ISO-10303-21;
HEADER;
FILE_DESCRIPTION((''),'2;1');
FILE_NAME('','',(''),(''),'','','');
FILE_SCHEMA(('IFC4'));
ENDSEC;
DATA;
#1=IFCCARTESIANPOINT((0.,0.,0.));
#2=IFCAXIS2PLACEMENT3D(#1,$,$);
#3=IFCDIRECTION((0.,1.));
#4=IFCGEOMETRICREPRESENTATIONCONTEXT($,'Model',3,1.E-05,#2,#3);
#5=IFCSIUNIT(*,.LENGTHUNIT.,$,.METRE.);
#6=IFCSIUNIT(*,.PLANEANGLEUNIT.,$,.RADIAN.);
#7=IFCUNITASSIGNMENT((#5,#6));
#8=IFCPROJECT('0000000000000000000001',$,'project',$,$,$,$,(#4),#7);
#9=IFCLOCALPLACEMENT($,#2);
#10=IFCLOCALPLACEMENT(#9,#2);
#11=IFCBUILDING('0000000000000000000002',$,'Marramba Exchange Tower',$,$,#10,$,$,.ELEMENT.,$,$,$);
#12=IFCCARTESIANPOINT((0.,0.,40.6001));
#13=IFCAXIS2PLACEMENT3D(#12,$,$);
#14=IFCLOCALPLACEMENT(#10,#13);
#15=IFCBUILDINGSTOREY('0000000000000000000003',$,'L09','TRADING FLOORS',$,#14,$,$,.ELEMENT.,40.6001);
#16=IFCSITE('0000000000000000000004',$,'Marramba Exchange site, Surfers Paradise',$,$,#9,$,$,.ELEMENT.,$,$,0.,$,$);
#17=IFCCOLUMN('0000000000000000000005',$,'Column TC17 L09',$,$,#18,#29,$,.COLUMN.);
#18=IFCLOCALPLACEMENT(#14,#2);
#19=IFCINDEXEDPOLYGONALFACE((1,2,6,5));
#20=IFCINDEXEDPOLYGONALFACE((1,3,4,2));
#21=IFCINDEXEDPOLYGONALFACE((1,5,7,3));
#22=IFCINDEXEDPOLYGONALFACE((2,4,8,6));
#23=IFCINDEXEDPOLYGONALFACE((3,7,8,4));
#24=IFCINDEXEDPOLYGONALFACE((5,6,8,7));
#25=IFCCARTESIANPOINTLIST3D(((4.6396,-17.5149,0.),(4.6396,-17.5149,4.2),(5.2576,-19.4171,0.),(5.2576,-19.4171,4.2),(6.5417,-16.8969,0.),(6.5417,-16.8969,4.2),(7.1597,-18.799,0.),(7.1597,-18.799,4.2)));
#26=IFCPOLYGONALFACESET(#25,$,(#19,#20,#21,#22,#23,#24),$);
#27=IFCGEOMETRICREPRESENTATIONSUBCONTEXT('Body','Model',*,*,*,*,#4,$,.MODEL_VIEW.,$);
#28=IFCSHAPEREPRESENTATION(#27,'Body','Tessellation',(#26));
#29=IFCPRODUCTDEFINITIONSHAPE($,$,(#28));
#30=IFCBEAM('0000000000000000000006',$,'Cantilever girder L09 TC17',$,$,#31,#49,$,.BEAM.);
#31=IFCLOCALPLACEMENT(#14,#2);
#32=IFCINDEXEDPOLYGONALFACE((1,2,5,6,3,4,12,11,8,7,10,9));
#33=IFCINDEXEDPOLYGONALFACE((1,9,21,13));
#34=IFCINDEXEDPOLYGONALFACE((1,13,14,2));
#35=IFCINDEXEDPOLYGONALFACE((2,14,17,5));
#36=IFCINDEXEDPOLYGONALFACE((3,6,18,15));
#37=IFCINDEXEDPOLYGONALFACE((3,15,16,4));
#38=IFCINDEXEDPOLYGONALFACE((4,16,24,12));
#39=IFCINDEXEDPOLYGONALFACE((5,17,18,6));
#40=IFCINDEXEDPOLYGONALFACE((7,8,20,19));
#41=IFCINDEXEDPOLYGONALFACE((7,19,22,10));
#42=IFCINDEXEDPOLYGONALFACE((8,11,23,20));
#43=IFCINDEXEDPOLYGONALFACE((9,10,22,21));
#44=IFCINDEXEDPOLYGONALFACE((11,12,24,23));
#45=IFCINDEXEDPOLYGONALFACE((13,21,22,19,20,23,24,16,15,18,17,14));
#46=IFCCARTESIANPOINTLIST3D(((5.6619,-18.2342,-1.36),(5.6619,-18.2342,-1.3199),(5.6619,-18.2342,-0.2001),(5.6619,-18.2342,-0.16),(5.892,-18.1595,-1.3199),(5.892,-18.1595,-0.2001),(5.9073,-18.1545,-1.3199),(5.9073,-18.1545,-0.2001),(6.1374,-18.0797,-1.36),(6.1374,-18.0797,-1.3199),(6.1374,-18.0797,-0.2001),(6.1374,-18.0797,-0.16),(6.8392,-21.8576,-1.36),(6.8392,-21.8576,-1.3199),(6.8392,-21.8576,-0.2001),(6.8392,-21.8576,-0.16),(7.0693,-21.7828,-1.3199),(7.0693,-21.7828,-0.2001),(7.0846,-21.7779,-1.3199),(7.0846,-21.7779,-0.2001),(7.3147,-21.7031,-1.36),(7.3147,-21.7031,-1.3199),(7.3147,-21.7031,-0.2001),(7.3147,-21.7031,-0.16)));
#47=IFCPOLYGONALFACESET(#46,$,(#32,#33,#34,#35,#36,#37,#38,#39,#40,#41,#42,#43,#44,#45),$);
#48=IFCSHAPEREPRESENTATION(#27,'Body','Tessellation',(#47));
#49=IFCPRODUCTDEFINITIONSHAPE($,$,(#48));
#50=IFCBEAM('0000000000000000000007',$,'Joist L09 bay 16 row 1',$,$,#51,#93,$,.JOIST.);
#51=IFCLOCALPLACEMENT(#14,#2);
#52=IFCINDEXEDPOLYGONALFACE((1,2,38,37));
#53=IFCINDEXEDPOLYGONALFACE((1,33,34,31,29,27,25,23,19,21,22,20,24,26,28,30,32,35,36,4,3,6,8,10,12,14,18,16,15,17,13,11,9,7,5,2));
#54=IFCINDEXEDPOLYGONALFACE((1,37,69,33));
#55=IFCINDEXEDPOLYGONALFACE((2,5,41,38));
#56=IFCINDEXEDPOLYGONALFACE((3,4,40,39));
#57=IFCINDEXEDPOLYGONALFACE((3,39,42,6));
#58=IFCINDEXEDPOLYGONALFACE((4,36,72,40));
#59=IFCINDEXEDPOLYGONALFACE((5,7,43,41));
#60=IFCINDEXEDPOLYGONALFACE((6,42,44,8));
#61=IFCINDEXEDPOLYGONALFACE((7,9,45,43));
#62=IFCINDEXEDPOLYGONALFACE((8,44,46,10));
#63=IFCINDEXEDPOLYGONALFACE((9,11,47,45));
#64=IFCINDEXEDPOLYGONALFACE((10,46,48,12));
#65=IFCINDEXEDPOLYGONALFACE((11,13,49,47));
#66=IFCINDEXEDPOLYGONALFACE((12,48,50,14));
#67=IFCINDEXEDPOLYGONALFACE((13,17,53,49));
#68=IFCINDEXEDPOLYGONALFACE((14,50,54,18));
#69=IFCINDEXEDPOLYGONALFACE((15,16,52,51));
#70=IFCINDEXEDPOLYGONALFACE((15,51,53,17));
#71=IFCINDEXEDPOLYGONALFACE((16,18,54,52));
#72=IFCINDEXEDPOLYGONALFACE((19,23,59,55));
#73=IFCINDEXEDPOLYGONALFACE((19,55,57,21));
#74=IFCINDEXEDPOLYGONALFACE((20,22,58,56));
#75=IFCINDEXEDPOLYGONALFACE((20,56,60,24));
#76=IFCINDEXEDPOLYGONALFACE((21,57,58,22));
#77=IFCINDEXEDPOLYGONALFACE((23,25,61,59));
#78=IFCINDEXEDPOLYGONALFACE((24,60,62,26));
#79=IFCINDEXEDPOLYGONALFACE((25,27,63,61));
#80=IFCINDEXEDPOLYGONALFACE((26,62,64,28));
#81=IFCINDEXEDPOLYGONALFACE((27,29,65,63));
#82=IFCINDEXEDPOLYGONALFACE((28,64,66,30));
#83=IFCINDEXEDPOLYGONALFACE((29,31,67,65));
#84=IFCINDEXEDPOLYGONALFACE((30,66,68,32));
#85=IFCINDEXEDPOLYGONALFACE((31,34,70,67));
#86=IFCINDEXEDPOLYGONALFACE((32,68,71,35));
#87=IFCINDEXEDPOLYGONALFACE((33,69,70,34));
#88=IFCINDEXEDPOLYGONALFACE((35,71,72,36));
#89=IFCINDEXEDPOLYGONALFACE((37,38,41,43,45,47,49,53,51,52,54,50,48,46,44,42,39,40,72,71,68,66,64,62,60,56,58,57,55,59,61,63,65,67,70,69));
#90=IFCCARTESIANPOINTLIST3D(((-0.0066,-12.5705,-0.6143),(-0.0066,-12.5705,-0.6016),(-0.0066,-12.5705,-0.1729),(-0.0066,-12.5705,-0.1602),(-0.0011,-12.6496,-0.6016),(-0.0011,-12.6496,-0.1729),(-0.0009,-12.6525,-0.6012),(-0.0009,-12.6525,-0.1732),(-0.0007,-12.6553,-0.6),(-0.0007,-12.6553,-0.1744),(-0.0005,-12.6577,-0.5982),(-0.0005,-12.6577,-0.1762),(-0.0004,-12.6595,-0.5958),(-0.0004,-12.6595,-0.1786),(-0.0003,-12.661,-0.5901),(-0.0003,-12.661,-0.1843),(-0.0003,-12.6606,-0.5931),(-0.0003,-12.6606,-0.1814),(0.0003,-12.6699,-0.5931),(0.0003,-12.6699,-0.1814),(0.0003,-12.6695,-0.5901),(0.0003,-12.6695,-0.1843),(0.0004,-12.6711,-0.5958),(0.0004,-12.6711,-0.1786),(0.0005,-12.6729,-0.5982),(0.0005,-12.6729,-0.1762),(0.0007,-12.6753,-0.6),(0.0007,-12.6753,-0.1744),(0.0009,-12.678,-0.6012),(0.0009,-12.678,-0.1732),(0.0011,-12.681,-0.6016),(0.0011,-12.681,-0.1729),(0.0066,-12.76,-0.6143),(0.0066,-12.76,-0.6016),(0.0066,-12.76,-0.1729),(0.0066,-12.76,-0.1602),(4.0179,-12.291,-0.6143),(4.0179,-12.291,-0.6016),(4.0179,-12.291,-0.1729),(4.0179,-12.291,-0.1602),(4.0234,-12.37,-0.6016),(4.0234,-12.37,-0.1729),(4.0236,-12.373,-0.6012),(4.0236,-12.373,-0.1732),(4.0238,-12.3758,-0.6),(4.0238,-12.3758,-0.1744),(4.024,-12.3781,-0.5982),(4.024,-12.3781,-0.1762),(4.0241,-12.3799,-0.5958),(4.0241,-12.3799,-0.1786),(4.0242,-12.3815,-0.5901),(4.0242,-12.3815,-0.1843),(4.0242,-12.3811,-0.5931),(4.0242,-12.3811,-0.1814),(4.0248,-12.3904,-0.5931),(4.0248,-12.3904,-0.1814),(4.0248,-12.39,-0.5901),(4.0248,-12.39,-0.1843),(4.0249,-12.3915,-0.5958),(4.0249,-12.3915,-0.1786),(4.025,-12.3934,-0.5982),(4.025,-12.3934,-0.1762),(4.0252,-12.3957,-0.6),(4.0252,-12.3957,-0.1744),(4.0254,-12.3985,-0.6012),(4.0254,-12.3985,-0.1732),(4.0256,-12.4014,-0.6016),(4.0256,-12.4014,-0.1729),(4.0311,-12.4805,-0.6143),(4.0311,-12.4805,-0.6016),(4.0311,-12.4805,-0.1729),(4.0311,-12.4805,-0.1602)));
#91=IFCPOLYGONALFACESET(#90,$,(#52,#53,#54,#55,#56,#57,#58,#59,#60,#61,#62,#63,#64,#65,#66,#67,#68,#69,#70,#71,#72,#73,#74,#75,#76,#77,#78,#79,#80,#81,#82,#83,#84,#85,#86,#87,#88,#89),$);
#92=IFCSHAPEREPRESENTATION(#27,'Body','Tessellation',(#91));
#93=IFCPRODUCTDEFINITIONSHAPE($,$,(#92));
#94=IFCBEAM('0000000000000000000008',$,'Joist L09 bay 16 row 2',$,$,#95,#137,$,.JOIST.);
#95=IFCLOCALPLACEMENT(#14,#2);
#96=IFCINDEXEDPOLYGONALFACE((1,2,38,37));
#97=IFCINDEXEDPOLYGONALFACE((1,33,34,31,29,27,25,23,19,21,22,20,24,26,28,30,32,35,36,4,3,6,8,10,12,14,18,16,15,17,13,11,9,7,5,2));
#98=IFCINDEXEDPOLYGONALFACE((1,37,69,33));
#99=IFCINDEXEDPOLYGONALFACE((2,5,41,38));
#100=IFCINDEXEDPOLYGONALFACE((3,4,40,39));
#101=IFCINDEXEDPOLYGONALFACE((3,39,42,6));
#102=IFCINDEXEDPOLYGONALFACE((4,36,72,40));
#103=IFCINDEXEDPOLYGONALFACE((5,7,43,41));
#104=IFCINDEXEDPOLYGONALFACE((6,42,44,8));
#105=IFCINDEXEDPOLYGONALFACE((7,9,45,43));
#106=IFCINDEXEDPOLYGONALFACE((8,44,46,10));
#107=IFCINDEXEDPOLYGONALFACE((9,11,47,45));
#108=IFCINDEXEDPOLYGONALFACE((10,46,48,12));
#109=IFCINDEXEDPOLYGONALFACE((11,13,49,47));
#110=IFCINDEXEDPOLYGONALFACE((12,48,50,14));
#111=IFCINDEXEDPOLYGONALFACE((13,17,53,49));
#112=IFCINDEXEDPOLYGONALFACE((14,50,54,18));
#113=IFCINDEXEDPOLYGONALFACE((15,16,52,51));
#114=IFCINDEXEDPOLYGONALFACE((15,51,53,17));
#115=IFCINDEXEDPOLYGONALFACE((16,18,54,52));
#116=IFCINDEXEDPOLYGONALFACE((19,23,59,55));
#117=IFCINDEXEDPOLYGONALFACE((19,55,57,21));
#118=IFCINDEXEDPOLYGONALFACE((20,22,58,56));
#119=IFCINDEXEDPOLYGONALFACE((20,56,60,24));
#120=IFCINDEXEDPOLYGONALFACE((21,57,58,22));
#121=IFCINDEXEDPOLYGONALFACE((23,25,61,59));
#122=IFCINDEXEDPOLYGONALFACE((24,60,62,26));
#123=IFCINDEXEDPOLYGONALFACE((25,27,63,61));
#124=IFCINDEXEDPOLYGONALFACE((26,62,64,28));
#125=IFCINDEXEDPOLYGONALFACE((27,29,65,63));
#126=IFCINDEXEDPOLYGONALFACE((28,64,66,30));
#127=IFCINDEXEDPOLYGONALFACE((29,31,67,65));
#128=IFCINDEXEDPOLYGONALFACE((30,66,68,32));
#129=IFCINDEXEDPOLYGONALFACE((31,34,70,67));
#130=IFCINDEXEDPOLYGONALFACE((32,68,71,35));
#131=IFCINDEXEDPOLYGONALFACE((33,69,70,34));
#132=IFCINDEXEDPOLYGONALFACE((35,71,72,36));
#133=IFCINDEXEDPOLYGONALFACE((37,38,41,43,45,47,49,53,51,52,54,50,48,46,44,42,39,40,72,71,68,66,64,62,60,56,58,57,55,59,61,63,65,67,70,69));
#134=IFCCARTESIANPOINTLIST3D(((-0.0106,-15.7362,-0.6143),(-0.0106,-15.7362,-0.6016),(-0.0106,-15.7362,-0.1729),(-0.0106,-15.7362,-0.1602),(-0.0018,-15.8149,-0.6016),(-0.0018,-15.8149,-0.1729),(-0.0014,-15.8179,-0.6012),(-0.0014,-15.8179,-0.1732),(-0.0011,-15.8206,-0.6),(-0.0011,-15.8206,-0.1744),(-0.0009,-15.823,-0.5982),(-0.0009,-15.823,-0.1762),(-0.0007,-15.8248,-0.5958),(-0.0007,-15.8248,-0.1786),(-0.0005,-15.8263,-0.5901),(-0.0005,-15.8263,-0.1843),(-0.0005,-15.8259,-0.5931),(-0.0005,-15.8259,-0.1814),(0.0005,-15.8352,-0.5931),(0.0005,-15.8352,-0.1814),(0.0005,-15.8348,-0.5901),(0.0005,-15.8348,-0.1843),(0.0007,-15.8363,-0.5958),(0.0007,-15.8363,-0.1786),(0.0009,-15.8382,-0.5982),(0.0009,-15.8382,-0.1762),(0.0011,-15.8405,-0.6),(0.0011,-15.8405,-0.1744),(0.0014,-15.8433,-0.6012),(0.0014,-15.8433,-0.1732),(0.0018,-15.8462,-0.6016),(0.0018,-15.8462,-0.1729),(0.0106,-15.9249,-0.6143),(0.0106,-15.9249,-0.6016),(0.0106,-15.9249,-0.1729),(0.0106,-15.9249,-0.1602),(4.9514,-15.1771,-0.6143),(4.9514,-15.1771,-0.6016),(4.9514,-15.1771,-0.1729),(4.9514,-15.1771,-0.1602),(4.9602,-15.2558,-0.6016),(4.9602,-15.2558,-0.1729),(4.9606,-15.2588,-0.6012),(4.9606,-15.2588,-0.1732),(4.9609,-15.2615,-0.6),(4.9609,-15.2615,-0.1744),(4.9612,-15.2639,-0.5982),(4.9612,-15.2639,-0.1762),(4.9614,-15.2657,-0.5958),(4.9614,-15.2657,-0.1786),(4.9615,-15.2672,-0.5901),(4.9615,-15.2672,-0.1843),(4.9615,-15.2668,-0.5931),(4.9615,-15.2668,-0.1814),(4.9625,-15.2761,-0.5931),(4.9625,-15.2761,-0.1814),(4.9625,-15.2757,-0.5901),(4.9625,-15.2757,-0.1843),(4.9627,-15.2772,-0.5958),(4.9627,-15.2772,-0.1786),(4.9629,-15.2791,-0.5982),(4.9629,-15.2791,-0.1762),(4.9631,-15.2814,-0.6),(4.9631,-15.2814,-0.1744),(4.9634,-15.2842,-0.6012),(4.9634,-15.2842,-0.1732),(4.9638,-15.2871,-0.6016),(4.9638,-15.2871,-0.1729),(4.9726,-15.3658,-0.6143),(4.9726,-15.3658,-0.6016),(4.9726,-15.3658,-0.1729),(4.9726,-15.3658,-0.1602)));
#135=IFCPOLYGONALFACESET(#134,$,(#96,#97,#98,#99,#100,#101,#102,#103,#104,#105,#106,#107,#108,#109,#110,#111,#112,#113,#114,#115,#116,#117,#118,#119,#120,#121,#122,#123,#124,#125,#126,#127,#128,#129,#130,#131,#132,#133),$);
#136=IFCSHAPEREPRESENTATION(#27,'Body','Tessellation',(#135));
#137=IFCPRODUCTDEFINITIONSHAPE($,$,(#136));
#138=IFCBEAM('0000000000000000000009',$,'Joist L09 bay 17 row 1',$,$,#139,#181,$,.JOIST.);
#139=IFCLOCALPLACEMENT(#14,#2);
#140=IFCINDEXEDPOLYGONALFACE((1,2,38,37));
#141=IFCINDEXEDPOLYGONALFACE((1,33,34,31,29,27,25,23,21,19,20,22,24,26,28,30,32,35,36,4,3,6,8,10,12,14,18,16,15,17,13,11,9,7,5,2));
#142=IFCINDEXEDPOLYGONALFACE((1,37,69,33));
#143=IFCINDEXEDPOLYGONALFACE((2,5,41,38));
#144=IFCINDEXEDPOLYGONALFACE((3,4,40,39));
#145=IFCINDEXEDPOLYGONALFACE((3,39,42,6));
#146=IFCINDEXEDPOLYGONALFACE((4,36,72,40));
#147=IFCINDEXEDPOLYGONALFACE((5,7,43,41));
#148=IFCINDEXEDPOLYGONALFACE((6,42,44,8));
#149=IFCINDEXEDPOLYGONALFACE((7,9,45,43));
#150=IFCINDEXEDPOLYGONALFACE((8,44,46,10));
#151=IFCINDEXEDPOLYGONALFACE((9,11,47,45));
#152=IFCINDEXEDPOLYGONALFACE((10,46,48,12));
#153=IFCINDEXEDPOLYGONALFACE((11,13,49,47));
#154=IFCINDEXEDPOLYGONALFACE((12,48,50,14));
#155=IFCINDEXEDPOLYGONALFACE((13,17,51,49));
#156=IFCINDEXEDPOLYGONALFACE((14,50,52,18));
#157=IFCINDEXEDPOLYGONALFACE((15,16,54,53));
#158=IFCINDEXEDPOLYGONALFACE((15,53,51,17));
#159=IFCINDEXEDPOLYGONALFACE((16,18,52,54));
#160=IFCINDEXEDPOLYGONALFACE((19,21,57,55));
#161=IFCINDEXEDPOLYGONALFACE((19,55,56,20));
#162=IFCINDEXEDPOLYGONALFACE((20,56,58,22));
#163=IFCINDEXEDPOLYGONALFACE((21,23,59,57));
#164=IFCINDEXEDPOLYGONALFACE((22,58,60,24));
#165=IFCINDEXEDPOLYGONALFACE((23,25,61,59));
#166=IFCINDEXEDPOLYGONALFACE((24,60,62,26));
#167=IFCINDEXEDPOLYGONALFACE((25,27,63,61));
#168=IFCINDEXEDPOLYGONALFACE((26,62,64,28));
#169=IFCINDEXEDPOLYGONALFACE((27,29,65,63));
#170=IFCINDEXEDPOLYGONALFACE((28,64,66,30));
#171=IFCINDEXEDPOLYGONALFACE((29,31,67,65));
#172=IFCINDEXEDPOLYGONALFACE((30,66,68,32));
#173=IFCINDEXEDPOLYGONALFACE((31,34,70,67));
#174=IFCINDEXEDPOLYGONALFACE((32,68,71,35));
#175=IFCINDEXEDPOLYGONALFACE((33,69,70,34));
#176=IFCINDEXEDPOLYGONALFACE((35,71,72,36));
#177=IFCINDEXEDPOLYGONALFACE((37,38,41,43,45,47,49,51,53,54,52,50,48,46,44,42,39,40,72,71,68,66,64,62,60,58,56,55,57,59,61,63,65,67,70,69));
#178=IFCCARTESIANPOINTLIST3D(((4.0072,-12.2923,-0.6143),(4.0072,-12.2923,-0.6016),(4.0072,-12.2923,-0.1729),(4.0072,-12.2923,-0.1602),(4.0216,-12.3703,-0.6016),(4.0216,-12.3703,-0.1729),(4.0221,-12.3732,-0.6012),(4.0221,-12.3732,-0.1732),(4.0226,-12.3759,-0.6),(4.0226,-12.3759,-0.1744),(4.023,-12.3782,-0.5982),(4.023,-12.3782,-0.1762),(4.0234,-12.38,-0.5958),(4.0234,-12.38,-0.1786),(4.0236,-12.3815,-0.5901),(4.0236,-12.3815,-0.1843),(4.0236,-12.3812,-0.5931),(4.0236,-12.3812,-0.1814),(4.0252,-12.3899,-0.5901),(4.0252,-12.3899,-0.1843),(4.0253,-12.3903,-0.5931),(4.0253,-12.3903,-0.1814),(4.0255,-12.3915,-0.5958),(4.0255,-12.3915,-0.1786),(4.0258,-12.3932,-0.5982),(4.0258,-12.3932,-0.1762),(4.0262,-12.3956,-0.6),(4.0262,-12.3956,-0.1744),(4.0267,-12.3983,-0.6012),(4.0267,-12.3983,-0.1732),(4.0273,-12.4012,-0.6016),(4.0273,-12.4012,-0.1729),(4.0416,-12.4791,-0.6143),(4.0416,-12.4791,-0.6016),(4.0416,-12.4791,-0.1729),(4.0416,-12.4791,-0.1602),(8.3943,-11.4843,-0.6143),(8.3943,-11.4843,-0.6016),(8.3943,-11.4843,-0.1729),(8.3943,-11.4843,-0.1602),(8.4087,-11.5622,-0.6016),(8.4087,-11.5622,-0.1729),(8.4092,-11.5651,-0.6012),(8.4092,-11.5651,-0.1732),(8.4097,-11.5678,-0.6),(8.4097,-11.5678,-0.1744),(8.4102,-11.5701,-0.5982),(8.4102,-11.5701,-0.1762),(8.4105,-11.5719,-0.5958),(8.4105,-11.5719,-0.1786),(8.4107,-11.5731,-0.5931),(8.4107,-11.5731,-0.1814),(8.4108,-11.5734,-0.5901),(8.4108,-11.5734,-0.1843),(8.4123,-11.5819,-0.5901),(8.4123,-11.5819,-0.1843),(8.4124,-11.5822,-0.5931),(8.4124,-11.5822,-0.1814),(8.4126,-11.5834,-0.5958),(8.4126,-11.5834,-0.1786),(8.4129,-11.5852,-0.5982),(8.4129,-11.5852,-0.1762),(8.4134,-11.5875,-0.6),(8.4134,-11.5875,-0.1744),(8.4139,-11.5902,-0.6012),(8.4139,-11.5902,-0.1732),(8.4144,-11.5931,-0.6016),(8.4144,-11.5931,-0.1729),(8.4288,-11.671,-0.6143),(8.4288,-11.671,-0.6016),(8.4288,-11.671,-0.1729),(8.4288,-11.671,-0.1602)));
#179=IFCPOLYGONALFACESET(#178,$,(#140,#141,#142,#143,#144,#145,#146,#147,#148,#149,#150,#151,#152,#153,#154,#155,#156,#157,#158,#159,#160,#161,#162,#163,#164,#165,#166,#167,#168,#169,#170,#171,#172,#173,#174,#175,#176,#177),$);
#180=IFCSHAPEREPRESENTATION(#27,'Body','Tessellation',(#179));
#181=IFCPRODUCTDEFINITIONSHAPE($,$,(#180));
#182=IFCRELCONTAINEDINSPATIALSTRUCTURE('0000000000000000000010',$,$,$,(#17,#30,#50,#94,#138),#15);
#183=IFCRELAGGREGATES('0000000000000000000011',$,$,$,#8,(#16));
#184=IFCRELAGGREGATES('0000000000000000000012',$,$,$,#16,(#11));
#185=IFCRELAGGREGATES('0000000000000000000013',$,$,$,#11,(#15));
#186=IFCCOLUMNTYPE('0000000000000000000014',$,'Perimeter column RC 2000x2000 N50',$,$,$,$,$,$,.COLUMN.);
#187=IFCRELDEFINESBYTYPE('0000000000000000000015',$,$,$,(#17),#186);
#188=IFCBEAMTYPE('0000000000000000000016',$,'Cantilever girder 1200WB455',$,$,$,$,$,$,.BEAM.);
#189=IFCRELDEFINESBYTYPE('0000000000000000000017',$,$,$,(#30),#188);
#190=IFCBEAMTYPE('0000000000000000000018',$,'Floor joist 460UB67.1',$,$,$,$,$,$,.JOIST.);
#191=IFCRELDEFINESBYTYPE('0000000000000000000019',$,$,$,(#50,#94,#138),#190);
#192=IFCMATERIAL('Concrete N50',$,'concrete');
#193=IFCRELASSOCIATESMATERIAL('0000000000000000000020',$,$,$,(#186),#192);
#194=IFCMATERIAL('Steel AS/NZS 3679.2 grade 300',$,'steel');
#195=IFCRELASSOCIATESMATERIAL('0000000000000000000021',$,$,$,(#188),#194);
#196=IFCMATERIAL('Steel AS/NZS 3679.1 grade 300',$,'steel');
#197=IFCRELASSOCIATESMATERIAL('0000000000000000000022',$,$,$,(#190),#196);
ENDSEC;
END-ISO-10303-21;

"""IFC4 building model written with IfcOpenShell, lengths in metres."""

from ifc_helpers import new_model, si_unit, direction, frame, origin, origin_2d, place, context, subcontext, project, spatial, rectangle, i_section, extrude, material, material_profile, profile_set, type_object, element, save


model = new_model("IFC4")

# Units and contexts
model_context = context("Model", 3, precision=1e-05, world=origin(), true_north=direction((0.0, 1.0)))
body_context = subcontext(model_context, "Body", "Model", "MODEL_VIEW")
ifc_project = project(units=[si_unit("LENGTHUNIT", "METRE"), si_unit("PLANEANGLEUNIT", "RADIAN")], contexts=[model_context])

# Site, building, storey
site_placement = place(None, origin())
site = spatial("IfcSite", under=ifc_project, at=site_placement, Name="Marramba Exchange site, Surfers Paradise", CompositionType="ELEMENT", RefElevation=0.0)
building_placement = place(site_placement, origin())
building = spatial("IfcBuilding", under=site, at=building_placement, Name="Marramba Exchange Tower", CompositionType="ELEMENT")
storey_placement = place(building_placement, frame((0.0, 0.0, 40.6001)))
storey = spatial("IfcBuildingStorey", under=building, at=storey_placement, Name="L09", Description="TRADING FLOORS", CompositionType="ELEMENT", Elevation=40.6001)

# Column
ifc_material_1 = material(Name="Concrete N50", Category="concrete")
ifc_material_profile_1 = material_profile(ifc_material_1, rectangle(XDim=2.0, YDim=2.0, at=origin_2d()), Name="RC 2000x2000")
ifc_profile_set_1 = profile_set([ifc_material_profile_1], Name="Concrete N50")
column_type = type_object("IfcColumnType", Name="Perimeter column RC 2000x2000 N50", PredefinedType="COLUMN", material=ifc_profile_set_1)
column_placement = place(storey_placement, frame((5.8997, -18.157, 0.0), z_axis=(0.0, 0.0, 1.0), x_axis=(0.309017, -0.951057, 0.0)))
element("IfcColumn", 1, at=column_placement, inside=storey, type_object=column_type, Name="Column TC17 L09", PredefinedType="COLUMN", context=body_context, shape_type="SweptSolid", body=[
    extrude(rectangle(XDim=2.0, YDim=2.0, at=origin_2d()), origin(), (0.0, 0.0, 1.0), 4.2),
])

# Beams
ifc_material_2 = material(Name="Steel AS/NZS 3679.2 grade 300", Category="steel")
ifc_material_profile_2 = material_profile(ifc_material_2, i_section(OverallWidth=0.5, OverallDepth=1.2, WebThickness=0.0161, FlangeThickness=0.04, at=origin_2d()), Name="1200WB455")
ifc_profile_set_2 = profile_set([ifc_material_profile_2], Name="Steel AS/NZS 3679.2 grade 300")
beam_type_1 = type_object("IfcBeamType", Name="Cantilever girder 1200WB455", PredefinedType="BEAM", material=ifc_profile_set_2)
beam_1_placement = place(storey_placement, frame((5.8997, -18.157, -0.76), z_axis=(0.309009, -0.951059, 0.0), x_axis=(0.951059, 0.309009, 0.0)))
element("IfcBeam", 2, at=beam_1_placement, inside=storey, type_object=beam_type_1, Name="Cantilever girder L09 TC17", PredefinedType="BEAM", context=body_context, shape_type="SweptSolid", body=[
    extrude(i_section(OverallWidth=0.5, OverallDepth=1.2, WebThickness=0.0161, FlangeThickness=0.04, at=origin_2d()), origin(), (0.0, 0.0, 1.0), 3.8098),
])
ifc_material_3 = material(Name="Steel AS/NZS 3679.1 grade 300", Category="steel")
ifc_material_profile_3 = material_profile(ifc_material_3, i_section(OverallWidth=0.1899, OverallDepth=0.4541, WebThickness=0.0085, FlangeThickness=0.0127, FilletRadius=0.0115, at=origin_2d()), Name="460UB67.1")
ifc_profile_set_3 = profile_set([ifc_material_profile_3], Name="Steel AS/NZS 3679.1 grade 300")
beam_type_2 = type_object("IfcBeamType", Name="Floor joist 460UB67.1", PredefinedType="JOIST", material=ifc_profile_set_3)
beam_2_placement = place(storey_placement, frame((0.0, -12.6653, -0.3872), z_axis=(0.997596, 0.069294, 0.0), x_axis=(-0.069294, 0.997596, 0.0)))
element("IfcBeam", 3, at=beam_2_placement, inside=storey, type_object=beam_type_2, Name="Joist L09 bay 16 row 1", PredefinedType="JOIST", context=body_context, shape_type="SweptSolid", body=[
    extrude(i_section(OverallWidth=0.1899, OverallDepth=0.4541, WebThickness=0.0085, FlangeThickness=0.0127, FilletRadius=0.0115, at=origin_2d()), origin(), (0.0, 0.0, 1.0), 4.0342),
])
beam_3_placement = place(storey_placement, frame((0.0, -15.8306, -0.3872), z_axis=(0.993712, 0.111966, 0.0), x_axis=(-0.111966, 0.993712, 0.0)))
element("IfcBeam", 4, at=beam_3_placement, inside=storey, type_object=beam_type_2, Name="Joist L09 bay 16 row 2", PredefinedType="JOIST", context=body_context, shape_type="SweptSolid", body=[
    extrude(i_section(OverallWidth=0.1899, OverallDepth=0.4541, WebThickness=0.0085, FlangeThickness=0.0127, FilletRadius=0.0115, at=origin_2d()), origin(), (0.0, 0.0, 1.0), 4.9934),
])
beam_4_placement = place(storey_placement, frame((4.0244, -12.3857, -0.3872), z_axis=(0.983456, 0.181149, 0.0), x_axis=(-0.181149, 0.983456, 0.0)))
element("IfcBeam", 5, at=beam_4_placement, inside=storey, type_object=beam_type_2, Name="Joist L09 bay 17 row 1", PredefinedType="JOIST", context=body_context, shape_type="SweptSolid", body=[
    extrude(i_section(OverallWidth=0.1899, OverallDepth=0.4541, WebThickness=0.0085, FlangeThickness=0.0127, FilletRadius=0.0115, at=origin_2d()), origin(), (0.0, 0.0, 1.0), 4.4609),
])

save(model, "model.ifc")
